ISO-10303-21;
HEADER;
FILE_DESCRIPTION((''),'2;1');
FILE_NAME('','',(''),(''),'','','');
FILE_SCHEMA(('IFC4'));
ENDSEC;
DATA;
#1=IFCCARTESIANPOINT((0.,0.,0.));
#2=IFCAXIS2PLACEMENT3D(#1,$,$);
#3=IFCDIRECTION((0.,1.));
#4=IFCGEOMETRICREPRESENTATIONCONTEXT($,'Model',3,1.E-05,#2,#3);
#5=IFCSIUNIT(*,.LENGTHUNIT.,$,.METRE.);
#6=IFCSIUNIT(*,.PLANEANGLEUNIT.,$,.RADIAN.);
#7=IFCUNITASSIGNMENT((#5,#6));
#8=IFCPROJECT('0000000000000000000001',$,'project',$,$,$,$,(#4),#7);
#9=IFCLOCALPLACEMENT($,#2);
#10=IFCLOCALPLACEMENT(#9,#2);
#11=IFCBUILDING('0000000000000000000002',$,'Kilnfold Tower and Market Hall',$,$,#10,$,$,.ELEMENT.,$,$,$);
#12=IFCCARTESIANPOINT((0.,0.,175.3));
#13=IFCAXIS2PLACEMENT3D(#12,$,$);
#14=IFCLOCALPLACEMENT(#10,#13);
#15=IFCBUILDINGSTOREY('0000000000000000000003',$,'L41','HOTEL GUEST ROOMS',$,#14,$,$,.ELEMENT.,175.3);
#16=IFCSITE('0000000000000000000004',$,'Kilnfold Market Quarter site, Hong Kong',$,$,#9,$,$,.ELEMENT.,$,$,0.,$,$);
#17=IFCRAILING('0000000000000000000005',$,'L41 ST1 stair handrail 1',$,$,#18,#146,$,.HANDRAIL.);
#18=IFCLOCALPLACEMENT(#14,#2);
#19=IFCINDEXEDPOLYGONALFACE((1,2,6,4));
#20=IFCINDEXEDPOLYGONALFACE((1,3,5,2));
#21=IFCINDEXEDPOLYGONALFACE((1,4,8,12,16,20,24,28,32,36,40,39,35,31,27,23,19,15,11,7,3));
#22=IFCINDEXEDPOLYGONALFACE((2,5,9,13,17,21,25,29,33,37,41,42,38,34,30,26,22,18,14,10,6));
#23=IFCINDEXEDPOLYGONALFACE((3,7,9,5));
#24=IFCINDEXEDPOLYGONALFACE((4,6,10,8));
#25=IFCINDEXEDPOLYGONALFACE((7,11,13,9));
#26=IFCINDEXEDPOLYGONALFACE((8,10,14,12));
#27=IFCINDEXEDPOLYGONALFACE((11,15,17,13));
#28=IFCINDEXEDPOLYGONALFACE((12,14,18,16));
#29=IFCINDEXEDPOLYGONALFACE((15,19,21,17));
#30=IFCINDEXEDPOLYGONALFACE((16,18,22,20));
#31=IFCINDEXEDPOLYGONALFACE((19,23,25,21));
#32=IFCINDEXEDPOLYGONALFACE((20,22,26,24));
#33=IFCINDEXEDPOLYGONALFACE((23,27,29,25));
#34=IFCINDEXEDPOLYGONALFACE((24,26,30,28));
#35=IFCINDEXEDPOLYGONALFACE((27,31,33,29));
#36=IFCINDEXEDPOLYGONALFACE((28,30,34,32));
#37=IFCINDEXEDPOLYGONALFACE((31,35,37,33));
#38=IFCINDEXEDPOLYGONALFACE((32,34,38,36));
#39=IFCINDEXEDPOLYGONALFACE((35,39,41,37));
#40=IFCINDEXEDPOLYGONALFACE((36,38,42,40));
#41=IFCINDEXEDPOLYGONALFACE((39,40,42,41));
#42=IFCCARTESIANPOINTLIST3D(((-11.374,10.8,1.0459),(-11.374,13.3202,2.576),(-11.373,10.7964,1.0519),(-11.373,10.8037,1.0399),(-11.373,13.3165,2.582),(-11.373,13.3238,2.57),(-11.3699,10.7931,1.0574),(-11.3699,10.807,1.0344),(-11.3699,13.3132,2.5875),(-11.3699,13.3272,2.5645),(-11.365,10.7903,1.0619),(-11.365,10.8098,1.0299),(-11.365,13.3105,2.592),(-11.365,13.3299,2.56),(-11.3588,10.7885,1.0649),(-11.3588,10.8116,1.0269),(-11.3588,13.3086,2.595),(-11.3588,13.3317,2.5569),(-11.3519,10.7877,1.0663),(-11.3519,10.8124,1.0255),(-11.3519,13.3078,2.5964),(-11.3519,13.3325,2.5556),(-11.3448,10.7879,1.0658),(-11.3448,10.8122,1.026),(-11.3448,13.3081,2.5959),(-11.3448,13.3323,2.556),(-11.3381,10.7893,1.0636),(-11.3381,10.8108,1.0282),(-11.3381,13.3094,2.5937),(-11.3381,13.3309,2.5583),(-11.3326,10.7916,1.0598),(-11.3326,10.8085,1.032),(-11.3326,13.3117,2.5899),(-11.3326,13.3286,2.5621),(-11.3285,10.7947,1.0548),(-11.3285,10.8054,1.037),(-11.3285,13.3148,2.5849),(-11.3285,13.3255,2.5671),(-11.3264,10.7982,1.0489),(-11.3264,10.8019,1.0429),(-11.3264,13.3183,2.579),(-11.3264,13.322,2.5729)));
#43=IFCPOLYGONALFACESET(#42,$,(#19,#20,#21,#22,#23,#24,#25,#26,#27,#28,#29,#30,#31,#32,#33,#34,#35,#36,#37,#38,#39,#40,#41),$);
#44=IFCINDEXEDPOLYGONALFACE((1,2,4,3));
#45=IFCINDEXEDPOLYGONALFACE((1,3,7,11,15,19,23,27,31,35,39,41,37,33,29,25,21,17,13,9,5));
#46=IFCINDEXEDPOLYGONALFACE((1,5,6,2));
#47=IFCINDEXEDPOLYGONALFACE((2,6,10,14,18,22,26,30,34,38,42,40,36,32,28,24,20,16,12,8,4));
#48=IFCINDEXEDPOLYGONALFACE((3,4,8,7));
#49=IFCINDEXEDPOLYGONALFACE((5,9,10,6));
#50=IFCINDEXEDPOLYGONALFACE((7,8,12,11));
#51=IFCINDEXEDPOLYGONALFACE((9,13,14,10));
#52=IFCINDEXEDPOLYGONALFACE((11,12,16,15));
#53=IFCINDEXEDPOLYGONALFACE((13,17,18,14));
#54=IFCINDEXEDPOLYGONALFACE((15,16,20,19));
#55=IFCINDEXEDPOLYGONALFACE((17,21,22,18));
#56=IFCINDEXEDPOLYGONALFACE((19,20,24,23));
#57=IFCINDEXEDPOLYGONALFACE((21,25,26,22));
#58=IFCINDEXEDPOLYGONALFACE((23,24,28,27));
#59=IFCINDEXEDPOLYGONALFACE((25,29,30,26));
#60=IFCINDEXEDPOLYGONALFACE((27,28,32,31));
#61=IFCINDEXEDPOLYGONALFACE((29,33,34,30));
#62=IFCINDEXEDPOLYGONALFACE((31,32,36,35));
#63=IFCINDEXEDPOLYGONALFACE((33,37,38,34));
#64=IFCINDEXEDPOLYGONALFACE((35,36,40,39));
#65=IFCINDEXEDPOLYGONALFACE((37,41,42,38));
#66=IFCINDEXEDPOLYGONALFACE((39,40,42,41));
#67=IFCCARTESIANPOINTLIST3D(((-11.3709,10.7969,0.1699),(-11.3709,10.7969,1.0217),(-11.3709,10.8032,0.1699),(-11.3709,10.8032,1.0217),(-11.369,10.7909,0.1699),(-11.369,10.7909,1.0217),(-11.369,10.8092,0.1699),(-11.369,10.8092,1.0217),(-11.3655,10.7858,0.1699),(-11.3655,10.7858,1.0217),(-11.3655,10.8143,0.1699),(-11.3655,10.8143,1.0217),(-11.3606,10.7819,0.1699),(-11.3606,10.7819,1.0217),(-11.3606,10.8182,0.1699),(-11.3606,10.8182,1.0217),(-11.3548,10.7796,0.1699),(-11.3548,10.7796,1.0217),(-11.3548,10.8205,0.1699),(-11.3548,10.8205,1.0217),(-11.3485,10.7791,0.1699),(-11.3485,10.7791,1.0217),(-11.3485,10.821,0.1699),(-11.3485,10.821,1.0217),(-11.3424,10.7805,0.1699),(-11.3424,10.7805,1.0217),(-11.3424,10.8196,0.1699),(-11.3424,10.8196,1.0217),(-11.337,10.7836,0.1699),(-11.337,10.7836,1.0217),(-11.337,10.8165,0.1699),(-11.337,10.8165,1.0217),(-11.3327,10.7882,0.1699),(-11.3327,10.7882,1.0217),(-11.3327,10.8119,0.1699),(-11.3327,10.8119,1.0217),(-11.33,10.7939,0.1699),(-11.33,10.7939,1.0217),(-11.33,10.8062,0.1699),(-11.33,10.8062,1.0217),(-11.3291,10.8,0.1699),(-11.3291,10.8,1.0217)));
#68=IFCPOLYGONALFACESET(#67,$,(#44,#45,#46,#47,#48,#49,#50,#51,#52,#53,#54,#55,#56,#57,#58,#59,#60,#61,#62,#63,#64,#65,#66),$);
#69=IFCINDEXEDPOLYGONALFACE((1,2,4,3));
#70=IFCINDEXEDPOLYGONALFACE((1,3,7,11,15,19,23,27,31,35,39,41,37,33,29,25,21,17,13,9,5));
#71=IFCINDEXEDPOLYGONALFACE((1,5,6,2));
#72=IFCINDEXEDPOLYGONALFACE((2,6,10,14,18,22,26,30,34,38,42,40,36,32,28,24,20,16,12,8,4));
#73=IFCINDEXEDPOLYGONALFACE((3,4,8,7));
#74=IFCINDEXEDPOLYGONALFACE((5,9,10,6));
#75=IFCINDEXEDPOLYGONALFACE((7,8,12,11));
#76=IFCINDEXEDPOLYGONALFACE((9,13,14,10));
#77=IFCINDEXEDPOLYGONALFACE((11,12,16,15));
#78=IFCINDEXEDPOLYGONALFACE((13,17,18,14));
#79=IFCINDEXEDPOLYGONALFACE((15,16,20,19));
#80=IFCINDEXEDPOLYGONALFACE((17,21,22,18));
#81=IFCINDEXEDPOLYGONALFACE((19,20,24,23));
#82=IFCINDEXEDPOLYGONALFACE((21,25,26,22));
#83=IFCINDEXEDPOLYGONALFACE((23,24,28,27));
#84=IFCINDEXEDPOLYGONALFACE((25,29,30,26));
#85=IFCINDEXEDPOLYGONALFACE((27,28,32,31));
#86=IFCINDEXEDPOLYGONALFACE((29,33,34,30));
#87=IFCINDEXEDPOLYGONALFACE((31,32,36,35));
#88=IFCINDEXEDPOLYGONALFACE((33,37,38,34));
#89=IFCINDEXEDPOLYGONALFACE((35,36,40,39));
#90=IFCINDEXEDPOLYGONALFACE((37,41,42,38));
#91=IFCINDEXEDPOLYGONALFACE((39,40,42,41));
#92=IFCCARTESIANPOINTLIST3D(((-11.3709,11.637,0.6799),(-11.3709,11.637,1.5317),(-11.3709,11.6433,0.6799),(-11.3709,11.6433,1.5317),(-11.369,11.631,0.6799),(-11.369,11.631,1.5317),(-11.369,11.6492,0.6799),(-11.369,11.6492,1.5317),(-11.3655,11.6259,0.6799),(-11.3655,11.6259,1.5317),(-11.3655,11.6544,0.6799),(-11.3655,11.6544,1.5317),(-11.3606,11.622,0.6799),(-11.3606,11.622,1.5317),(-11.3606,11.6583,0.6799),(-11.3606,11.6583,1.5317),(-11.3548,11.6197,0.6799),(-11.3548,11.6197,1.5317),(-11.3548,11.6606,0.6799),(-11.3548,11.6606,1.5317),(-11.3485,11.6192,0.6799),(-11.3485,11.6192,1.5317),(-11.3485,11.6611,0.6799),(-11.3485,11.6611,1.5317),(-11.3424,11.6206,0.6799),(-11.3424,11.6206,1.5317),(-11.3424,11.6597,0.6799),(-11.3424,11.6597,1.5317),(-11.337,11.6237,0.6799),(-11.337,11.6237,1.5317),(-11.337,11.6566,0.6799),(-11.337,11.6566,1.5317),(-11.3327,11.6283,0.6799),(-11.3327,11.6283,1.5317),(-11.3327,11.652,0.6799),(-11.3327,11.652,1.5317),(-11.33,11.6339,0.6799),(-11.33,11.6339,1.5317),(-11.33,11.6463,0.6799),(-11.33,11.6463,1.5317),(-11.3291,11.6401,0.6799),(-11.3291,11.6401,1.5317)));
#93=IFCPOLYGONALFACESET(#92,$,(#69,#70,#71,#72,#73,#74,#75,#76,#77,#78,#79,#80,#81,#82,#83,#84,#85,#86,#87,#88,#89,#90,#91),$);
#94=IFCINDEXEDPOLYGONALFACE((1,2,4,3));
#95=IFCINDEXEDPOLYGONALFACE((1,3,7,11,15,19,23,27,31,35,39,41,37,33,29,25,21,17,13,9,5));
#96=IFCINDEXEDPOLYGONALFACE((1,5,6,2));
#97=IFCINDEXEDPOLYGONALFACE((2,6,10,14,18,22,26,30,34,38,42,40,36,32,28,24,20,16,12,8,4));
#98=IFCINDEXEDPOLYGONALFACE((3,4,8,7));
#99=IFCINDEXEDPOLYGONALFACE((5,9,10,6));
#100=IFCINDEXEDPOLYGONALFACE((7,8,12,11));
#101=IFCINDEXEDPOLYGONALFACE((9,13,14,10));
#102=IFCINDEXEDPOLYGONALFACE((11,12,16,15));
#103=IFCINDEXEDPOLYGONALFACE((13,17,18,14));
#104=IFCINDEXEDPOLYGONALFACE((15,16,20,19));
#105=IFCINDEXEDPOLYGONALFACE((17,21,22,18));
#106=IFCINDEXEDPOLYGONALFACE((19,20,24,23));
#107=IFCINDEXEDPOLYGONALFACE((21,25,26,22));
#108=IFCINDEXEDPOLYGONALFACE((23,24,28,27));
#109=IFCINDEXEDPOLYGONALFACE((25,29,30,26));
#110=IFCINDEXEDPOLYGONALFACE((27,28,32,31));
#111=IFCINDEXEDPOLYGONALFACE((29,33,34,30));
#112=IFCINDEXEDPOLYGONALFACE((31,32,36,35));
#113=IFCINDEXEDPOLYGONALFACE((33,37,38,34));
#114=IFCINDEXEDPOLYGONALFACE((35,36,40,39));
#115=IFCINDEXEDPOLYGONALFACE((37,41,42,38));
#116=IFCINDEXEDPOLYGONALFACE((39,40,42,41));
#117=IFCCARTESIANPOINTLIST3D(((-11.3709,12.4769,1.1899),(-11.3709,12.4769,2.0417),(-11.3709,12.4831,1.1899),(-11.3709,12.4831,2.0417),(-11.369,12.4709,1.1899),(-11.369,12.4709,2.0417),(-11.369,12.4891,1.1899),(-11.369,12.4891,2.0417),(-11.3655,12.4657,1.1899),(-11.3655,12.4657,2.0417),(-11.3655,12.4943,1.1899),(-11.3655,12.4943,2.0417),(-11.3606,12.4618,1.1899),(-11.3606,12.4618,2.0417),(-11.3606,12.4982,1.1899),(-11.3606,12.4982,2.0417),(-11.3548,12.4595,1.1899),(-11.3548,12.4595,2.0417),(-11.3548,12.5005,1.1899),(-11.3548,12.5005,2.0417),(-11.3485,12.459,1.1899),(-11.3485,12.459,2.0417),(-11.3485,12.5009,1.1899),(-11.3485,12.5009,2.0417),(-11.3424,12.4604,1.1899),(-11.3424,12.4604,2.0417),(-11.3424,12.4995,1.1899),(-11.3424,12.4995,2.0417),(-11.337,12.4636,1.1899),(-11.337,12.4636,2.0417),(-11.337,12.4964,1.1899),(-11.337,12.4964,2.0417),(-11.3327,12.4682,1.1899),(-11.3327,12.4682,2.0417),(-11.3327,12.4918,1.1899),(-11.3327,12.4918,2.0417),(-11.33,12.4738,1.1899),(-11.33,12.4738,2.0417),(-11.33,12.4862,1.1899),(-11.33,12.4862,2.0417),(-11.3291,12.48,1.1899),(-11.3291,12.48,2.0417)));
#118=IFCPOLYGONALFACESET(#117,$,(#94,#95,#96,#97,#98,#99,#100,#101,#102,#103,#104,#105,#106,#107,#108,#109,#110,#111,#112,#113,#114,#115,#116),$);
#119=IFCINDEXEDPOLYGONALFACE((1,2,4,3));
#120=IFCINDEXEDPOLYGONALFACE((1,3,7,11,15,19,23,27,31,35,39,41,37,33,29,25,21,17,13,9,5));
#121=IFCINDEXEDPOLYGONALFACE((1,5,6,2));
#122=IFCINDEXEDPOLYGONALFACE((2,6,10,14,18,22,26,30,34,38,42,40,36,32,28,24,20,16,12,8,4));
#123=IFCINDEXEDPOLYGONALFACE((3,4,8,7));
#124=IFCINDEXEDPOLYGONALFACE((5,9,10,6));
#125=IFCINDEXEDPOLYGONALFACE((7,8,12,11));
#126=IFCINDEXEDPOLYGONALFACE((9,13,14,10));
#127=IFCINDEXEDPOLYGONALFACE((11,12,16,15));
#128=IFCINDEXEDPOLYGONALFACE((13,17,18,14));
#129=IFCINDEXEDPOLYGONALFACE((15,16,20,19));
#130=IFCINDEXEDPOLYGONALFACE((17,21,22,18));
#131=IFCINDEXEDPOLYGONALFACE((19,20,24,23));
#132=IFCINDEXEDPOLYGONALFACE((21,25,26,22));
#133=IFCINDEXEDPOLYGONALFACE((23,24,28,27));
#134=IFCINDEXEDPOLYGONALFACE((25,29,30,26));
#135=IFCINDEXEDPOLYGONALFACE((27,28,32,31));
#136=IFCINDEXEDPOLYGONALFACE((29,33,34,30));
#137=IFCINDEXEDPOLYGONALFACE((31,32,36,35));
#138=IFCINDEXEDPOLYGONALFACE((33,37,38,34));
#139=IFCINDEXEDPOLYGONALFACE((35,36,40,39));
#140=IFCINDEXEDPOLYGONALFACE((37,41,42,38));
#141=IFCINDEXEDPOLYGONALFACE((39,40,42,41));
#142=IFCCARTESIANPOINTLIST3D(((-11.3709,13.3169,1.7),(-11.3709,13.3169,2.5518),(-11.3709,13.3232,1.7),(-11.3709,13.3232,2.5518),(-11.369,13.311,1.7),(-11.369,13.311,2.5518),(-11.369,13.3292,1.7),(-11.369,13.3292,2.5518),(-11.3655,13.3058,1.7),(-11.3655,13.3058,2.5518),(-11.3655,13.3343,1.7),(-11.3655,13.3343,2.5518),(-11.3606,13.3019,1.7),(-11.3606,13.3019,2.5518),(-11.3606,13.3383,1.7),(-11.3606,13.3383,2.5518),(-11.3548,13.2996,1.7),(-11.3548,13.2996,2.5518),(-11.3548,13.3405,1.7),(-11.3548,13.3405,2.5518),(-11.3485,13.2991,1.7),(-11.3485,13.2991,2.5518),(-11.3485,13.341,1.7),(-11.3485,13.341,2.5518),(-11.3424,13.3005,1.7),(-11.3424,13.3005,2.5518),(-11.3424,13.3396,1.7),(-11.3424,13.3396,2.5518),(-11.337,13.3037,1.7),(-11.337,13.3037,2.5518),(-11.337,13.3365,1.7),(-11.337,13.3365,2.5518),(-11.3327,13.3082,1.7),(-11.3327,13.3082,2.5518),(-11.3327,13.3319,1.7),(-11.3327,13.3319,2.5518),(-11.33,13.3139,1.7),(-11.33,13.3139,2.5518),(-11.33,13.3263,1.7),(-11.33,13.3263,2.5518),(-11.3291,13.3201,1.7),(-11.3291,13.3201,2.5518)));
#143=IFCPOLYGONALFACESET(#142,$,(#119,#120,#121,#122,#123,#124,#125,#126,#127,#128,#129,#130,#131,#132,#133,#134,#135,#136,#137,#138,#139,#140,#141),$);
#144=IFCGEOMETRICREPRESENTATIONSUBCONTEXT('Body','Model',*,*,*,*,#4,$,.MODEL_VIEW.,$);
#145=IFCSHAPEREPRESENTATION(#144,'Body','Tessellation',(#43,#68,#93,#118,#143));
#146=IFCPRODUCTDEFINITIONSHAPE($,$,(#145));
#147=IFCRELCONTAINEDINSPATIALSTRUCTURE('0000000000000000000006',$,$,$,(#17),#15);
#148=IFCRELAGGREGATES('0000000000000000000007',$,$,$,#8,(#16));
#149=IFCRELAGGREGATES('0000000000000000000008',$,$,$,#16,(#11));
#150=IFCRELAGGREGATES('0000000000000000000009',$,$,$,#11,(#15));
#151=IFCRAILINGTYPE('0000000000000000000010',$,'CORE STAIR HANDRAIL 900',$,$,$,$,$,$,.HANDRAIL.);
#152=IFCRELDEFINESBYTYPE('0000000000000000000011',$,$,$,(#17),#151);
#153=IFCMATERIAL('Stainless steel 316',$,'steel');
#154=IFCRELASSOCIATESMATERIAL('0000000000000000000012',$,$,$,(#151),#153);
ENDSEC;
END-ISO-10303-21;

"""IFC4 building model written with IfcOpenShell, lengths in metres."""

from ifc_helpers import new_model, si_unit, direction, frame, origin, origin_2d, place, context, subcontext, project, spatial, circle, extrude, material, type_object, element, save


model = new_model("IFC4")

# Units and contexts
model_context = context("Model", 3, precision=1e-05, world=origin(), true_north=direction((0.0, 1.0)))
body_context = subcontext(model_context, "Body", "Model", "MODEL_VIEW")
ifc_project = project(units=[si_unit("LENGTHUNIT", "METRE"), si_unit("PLANEANGLEUNIT", "RADIAN")], contexts=[model_context])

# Site, building, storey
site_placement = place(None, origin())
site = spatial("IfcSite", under=ifc_project, at=site_placement, Name="Kilnfold Market Quarter site, Hong Kong", CompositionType="ELEMENT", RefElevation=0.0)
building_placement = place(site_placement, origin())
building = spatial("IfcBuilding", under=site, at=building_placement, Name="Kilnfold Tower and Market Hall", CompositionType="ELEMENT")
storey_placement = place(building_placement, frame((0.0, 0.0, 175.3)))
storey = spatial("IfcBuildingStorey", under=building, at=storey_placement, Name="L41", Description="HOTEL GUEST ROOMS", CompositionType="ELEMENT", Elevation=175.3)

# Railing
ifc_material_1 = material(Name="Stainless steel 316", Category="steel")
railing_type_1 = type_object("IfcRailingType", Name="CORE STAIR HANDRAIL 900", PredefinedType="HANDRAIL", material=ifc_material_1)
railing_1_placement = place(storey_placement, frame((-11.3501, 10.8, 0.1699)))
element("IfcRailing", 1, at=railing_1_placement, inside=storey, type_object=railing_type_1, Name="L41 ST1 stair handrail 1", PredefinedType="HANDRAIL", context=body_context, shape_type="SweptSolid", body=[
    extrude(circle(Radius=0.0239, at=origin_2d()), frame((0.0, 0.0, 0.876), z_axis=(0.0, 0.854785, 0.518982), x_axis=(-1.0, 0.0, 0.0)), (0.0, 0.0, 1.0), 2.9482),
    extrude(circle(Radius=0.021, at=origin_2d()), origin(), (0.0, 0.0, 1.0), 0.8518),
    extrude(circle(Radius=0.021, at=origin_2d()), frame((0.0, 0.8401, 0.51)), (0.0, 0.0, 1.0), 0.8518),
    extrude(circle(Radius=0.021, at=origin_2d()), frame((0.0, 1.6799, 1.02)), (0.0, 0.0, 1.0), 0.8518),
    extrude(circle(Radius=0.021, at=origin_2d()), frame((0.0, 2.52, 1.53)), (0.0, 0.0, 1.0), 0.8518),
])

save(model, "model.ifc")
